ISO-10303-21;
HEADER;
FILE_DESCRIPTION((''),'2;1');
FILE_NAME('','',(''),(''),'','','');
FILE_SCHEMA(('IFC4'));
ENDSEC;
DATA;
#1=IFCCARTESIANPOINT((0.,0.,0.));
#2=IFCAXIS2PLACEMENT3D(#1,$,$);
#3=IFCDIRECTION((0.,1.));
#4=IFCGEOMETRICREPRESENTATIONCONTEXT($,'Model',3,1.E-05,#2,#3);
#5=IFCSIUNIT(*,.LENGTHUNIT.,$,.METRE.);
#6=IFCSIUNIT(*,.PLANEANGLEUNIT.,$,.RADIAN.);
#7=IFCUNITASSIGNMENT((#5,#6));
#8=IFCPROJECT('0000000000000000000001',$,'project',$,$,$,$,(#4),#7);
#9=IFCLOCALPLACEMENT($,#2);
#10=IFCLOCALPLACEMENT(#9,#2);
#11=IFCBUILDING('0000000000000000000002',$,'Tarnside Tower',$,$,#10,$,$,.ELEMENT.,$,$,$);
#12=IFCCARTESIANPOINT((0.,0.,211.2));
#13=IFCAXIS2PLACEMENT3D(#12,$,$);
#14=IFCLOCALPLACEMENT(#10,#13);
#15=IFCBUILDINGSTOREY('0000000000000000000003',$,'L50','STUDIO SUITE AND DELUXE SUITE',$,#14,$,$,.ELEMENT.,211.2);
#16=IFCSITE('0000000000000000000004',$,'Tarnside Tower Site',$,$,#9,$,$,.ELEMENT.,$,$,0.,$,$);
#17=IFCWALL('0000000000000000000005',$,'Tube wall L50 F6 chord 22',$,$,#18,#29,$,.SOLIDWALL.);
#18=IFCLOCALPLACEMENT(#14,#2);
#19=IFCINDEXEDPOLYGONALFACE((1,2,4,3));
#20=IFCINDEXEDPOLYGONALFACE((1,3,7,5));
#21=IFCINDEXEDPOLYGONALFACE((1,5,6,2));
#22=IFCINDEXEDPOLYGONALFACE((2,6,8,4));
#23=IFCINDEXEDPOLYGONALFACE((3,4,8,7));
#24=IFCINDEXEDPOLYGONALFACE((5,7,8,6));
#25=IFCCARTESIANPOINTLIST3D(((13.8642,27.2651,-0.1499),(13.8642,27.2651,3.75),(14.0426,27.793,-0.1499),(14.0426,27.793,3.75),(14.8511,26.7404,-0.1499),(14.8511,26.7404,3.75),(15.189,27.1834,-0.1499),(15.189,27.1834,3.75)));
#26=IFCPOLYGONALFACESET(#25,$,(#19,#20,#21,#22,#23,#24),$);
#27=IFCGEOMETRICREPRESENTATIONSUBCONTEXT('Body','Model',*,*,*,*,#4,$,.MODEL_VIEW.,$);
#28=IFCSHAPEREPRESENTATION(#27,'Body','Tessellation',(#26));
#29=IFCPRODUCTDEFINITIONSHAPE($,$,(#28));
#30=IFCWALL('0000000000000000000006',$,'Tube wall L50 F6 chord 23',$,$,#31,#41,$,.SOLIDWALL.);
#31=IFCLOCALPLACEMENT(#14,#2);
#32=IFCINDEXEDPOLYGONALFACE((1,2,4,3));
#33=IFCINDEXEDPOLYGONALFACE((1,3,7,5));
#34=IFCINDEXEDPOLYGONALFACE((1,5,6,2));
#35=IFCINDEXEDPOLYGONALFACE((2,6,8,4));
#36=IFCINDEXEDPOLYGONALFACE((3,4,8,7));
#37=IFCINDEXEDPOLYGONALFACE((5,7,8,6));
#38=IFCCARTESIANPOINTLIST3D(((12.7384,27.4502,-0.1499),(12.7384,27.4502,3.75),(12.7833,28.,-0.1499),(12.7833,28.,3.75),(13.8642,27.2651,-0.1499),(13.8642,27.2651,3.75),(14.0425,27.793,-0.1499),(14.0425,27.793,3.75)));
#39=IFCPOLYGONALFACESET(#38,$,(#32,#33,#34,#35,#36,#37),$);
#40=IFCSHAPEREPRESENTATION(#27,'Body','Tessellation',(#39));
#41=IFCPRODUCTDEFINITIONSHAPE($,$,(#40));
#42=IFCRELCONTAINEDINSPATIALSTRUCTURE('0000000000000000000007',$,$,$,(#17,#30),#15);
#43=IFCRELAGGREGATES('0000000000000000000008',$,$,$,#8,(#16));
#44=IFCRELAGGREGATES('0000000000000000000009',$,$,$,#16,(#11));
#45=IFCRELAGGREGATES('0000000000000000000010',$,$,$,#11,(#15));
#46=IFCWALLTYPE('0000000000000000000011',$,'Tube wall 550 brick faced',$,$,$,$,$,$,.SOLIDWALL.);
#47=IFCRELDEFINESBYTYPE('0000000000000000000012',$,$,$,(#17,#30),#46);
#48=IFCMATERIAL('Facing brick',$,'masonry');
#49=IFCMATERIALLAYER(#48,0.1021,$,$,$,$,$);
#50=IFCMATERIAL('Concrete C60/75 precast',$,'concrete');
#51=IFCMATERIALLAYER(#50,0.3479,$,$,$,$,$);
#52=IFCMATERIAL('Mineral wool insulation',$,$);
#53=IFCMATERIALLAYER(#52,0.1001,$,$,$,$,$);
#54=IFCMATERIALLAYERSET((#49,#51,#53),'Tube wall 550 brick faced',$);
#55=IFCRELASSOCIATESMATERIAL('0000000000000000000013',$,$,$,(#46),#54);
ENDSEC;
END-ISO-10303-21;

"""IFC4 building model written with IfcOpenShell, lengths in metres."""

from ifc_helpers import new_model, si_unit, direction, frame, origin, place, context, subcontext, project, spatial, polyline, outline, extrude, material, layer, layer_set, type_object, element, save


model = new_model("IFC4")

# Units and contexts
model_context = context("Model", 3, precision=1e-05, world=origin(), true_north=direction((0.0, 1.0)))
body_context = subcontext(model_context, "Body", "Model", "MODEL_VIEW")
ifc_project = project(units=[si_unit("LENGTHUNIT", "METRE"), si_unit("PLANEANGLEUNIT", "RADIAN")], contexts=[model_context])

# Site, building, storey
site_placement = place(None, origin())
site = spatial("IfcSite", under=ifc_project, at=site_placement, Name="Tarnside Tower Site", CompositionType="ELEMENT", RefElevation=0.0)
building_placement = place(site_placement, origin())
building = spatial("IfcBuilding", under=site, at=building_placement, Name="Tarnside Tower", CompositionType="ELEMENT")
storey_placement = place(building_placement, frame((0.0, 0.0, 211.2)))
storey = spatial("IfcBuildingStorey", under=building, at=storey_placement, Name="L50", Description="STUDIO SUITE AND DELUXE SUITE", CompositionType="ELEMENT", Elevation=211.2)

# Shared definitions
ifc_material_1 = material(Name="Facing brick", Category="masonry")
ifc_layer_1 = layer(ifc_material_1, 0.1021)
ifc_material_2 = material(Name="Concrete C60/75 precast", Category="concrete")
ifc_layer_2 = layer(ifc_material_2, 0.3479)
ifc_material_3 = material(Name="Mineral wool insulation")
ifc_layer_3 = layer(ifc_material_3, 0.1001)
ifc_layer_set_1 = layer_set([ifc_layer_1, ifc_layer_2, ifc_layer_3], Name="Tube wall 550 brick faced")
wall_type_1 = type_object("IfcWallType", Name="Tube wall 550 brick faced", PredefinedType="SOLIDWALL", material=ifc_layer_set_1)

# Walls
wall_1_placement = place(storey_placement, frame((15.02, 26.9619, -0.1499), z_axis=(0.0, 0.0, 1.0), x_axis=(-0.882951, 0.469465, 0.0)))
element("IfcWall", 1, at=wall_1_placement, inside=storey, type_object=wall_type_1, Name="Tube wall L50 F6 chord 22", PredefinedType="SOLIDWALL", context=body_context, shape_type="SweptSolid", body=[
    extrude(outline(polyline([(-0.0452, -0.2749), (1.2532, -0.2749), (1.1628, 0.2749), (0.0452, 0.2749), (-0.0452, -0.2749)])), origin(), (0.0, 0.0, 1.0), 3.8999),
])
wall_2_placement = place(storey_placement, frame((13.9534, 27.5291, -0.1499), z_axis=(0.0, 0.0, 1.0), x_axis=(-0.986752, 0.162236, 0.0)))
element("IfcWall", 2, at=wall_2_placement, inside=storey, type_object=wall_type_1, Name="Tube wall L50 F6 chord 23", PredefinedType="SOLIDWALL", context=body_context, shape_type="SweptSolid", body=[
    extrude(outline(polyline([(-0.0452, -0.2749), (1.231, -0.2749), (1.186, 0.2749), (0.0452, 0.2749), (-0.0452, -0.2749)])), origin(), (0.0, 0.0, 1.0), 3.8999),
])

save(model, "model.ifc")
